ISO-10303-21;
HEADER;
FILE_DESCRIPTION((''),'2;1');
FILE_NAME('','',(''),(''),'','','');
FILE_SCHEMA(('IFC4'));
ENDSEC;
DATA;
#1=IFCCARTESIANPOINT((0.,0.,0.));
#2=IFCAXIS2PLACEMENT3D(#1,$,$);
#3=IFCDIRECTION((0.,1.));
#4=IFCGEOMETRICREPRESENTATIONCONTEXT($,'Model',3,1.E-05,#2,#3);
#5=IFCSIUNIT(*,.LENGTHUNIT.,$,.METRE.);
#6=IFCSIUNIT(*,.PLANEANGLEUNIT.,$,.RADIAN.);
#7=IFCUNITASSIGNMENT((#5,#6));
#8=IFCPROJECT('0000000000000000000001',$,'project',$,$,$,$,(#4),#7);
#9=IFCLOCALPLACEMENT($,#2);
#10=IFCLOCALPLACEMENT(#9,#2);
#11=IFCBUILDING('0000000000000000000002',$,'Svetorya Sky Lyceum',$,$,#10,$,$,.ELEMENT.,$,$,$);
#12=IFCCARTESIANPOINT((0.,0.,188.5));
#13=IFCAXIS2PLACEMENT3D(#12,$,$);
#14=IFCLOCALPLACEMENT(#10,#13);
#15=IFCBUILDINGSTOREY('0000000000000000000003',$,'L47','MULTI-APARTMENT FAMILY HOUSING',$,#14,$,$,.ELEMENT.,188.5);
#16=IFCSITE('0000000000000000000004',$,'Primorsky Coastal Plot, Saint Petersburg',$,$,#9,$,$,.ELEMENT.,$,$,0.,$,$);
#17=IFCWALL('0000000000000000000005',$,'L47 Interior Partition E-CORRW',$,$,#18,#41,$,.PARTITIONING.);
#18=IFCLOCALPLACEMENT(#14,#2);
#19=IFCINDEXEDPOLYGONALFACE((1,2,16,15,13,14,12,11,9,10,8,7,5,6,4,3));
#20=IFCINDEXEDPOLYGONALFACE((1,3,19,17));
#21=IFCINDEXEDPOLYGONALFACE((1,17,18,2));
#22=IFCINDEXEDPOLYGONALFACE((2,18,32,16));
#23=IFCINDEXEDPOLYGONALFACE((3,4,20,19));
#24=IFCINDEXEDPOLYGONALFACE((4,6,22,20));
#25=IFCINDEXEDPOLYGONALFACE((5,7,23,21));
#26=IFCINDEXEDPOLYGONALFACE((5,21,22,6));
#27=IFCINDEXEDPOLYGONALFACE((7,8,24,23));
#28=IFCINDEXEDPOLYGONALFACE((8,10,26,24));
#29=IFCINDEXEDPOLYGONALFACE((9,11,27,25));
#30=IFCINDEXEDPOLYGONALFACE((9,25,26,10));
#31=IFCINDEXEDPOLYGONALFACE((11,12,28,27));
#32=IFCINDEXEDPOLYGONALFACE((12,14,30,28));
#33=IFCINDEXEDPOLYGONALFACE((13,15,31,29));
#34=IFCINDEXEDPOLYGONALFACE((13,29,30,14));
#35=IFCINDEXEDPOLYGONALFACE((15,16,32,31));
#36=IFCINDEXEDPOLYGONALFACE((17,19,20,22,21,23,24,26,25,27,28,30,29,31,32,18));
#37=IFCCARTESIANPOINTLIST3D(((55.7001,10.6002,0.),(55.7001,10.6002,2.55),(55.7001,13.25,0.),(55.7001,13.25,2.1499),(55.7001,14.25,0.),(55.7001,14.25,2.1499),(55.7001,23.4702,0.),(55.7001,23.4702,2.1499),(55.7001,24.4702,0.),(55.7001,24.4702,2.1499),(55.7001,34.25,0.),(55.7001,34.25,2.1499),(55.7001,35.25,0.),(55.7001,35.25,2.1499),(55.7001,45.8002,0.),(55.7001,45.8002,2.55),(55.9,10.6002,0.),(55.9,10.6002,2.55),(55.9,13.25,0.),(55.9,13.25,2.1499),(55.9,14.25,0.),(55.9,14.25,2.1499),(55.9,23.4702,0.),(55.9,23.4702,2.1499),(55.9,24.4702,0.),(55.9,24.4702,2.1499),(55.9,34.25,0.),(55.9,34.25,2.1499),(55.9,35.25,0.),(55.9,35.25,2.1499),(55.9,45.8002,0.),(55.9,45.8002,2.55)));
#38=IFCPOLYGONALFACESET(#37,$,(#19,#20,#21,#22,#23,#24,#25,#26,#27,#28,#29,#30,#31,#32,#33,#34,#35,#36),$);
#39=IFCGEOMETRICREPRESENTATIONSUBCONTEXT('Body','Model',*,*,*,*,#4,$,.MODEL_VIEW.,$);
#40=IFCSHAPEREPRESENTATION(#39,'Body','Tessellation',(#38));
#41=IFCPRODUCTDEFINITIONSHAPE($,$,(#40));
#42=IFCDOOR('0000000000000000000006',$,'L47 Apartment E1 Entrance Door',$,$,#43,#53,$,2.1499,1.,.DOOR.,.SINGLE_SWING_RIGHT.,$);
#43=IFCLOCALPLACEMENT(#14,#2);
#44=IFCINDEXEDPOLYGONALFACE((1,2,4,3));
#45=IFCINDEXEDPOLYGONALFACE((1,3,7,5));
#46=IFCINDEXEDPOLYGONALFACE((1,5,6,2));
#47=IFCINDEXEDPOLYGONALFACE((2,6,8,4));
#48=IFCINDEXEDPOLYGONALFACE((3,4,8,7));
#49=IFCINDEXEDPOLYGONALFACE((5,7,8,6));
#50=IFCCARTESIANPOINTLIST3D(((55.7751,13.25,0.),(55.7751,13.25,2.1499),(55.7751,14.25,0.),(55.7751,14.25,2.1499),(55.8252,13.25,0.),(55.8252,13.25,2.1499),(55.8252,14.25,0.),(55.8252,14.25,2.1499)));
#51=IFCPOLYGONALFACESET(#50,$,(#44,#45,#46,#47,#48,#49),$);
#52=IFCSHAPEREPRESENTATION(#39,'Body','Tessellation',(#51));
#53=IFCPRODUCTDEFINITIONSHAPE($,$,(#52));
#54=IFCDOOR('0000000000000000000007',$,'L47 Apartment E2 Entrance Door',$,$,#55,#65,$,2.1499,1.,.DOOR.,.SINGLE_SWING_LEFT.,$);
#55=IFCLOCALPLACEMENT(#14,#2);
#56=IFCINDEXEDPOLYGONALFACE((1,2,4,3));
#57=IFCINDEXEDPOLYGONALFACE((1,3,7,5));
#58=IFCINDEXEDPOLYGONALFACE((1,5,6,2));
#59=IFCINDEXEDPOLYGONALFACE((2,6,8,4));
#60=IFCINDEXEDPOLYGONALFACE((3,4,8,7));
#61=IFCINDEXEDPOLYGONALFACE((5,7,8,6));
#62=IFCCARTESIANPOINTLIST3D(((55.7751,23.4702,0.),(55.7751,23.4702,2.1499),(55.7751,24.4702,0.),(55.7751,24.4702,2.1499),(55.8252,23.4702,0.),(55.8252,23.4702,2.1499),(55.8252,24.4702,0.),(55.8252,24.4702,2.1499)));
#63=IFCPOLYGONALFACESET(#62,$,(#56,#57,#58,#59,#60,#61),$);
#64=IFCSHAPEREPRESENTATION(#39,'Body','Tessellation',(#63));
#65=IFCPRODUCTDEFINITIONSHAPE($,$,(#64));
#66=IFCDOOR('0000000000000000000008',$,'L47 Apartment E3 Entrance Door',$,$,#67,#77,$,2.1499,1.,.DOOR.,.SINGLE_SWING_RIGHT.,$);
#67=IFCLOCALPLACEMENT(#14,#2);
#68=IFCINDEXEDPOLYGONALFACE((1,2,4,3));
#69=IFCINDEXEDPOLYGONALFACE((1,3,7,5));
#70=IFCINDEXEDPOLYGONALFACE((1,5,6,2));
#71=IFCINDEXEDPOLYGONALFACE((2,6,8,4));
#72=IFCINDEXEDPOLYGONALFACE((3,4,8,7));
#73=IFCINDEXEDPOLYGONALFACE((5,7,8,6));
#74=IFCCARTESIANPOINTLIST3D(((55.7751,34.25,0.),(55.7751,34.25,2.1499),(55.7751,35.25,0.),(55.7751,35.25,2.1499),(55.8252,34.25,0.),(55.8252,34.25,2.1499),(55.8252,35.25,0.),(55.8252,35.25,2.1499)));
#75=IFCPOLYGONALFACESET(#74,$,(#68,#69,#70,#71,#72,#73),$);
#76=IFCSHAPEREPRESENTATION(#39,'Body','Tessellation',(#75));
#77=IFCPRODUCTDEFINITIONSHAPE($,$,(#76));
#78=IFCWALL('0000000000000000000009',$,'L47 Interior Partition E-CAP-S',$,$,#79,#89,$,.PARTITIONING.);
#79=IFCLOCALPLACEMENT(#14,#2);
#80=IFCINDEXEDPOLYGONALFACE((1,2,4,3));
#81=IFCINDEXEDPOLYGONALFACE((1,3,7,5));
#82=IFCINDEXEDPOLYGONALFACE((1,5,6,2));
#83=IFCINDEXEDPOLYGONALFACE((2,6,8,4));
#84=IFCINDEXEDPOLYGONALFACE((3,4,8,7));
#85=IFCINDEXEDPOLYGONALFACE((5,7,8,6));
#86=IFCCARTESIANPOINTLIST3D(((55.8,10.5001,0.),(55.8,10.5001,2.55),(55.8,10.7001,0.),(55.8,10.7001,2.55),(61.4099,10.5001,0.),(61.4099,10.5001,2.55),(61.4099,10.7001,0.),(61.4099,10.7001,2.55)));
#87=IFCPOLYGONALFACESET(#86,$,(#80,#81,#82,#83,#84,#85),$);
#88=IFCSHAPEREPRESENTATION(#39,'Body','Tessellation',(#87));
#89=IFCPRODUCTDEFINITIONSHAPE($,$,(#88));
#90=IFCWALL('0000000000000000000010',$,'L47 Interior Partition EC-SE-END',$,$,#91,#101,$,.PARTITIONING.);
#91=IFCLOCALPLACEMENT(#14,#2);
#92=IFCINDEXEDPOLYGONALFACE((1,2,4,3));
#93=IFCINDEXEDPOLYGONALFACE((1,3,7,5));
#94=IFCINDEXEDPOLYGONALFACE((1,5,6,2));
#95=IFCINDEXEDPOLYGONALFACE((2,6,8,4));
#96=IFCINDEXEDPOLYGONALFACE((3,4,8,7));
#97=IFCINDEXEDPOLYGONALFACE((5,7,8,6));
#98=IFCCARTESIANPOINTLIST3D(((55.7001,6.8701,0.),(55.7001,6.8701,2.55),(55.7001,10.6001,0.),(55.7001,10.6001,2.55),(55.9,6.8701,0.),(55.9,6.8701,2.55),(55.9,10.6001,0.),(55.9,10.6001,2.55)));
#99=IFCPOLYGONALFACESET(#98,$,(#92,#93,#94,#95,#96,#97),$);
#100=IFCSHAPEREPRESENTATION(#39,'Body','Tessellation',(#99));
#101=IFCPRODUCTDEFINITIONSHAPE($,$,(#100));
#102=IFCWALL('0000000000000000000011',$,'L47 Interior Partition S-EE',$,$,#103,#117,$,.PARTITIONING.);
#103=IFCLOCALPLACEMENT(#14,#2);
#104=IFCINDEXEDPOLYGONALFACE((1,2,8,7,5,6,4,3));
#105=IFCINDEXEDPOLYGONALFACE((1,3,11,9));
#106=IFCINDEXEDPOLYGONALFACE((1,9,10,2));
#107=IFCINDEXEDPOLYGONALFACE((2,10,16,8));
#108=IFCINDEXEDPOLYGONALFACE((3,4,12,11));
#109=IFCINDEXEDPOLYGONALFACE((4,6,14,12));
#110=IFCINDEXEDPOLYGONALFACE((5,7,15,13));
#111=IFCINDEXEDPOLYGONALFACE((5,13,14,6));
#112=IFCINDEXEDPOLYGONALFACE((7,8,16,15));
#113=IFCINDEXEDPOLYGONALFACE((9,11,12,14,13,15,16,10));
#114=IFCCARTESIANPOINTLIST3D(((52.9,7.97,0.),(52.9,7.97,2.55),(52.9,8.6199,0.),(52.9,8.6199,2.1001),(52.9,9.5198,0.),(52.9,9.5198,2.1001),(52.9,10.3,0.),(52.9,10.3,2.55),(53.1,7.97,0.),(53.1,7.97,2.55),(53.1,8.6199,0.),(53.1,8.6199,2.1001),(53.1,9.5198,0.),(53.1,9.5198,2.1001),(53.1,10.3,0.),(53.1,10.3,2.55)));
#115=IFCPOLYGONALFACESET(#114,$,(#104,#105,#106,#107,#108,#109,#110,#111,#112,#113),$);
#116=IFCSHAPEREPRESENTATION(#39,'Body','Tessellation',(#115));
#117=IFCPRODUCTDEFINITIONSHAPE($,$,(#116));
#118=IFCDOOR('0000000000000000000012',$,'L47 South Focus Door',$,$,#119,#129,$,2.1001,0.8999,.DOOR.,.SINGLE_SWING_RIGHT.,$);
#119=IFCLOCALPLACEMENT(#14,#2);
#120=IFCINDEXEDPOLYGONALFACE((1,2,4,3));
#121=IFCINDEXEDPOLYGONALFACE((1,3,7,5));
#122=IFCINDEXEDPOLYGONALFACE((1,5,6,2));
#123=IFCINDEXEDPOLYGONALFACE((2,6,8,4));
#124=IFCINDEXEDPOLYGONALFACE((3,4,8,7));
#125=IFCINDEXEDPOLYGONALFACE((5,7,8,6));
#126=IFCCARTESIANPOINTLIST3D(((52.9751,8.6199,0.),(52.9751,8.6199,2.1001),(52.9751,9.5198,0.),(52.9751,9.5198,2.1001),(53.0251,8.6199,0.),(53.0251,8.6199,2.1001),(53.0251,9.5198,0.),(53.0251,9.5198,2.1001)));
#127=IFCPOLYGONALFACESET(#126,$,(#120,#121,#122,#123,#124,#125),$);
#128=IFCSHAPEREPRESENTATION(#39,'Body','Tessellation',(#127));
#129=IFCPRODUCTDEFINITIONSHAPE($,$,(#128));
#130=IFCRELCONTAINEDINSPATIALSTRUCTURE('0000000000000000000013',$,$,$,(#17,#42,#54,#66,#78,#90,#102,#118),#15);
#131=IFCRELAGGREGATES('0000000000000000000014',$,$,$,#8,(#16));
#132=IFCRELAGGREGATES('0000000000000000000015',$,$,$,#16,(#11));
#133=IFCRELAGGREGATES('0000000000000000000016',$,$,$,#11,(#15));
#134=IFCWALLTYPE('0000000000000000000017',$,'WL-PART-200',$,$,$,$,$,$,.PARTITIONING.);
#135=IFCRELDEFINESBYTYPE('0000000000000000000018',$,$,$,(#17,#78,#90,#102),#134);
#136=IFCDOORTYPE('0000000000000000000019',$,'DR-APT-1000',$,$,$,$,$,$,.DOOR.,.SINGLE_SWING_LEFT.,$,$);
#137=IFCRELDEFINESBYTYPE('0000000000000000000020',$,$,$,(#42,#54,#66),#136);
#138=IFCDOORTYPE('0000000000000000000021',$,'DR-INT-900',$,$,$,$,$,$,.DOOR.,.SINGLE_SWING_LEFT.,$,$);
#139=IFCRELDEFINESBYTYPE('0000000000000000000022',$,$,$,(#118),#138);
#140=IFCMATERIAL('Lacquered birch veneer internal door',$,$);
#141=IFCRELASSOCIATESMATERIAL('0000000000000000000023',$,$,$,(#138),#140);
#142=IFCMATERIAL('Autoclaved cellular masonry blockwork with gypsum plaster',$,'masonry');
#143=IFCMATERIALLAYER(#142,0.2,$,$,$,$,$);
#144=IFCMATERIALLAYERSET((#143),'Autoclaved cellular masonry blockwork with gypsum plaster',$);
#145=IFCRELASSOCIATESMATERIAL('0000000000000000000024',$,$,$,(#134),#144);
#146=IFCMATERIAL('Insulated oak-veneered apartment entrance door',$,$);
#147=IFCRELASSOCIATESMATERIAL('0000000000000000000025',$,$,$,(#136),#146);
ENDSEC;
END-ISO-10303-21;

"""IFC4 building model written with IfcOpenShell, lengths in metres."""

from ifc_helpers import new_model, si_unit, direction, frame, frame_2d, origin, place, context, subcontext, project, spatial, rectangle, extrude, material, layer, layer_set, type_object, element, fill, save


model = new_model("IFC4")

# Units and contexts
model_context = context("Model", 3, precision=1e-05, world=origin(), true_north=direction((0.0, 1.0)))
body_context = subcontext(model_context, "Body", "Model", "MODEL_VIEW")
ifc_project = project(units=[si_unit("LENGTHUNIT", "METRE"), si_unit("PLANEANGLEUNIT", "RADIAN")], contexts=[model_context])

# Site, building, storey
site_placement = place(None, origin())
site = spatial("IfcSite", under=ifc_project, at=site_placement, Name="Primorsky Coastal Plot, Saint Petersburg", CompositionType="ELEMENT", RefElevation=0.0)
building_placement = place(site_placement, origin())
building = spatial("IfcBuilding", under=site, at=building_placement, Name="Svetorya Sky Lyceum", CompositionType="ELEMENT")
storey_placement = place(building_placement, frame((0.0, 0.0, 188.5)))
storey = spatial("IfcBuildingStorey", under=building, at=storey_placement, Name="L47", Description="MULTI-APARTMENT FAMILY HOUSING", CompositionType="ELEMENT", Elevation=188.5)

# Wall, openings, doors
ifc_material_1 = material(Name="Lacquered birch veneer internal door")
door_type_1 = type_object("IfcDoorType", Name="DR-INT-900", OperationType="SINGLE_SWING_LEFT", PredefinedType="DOOR", material=ifc_material_1)
ifc_material_2 = material(Name="Autoclaved cellular masonry blockwork with gypsum plaster", Category="masonry")
ifc_layer_1 = layer(ifc_material_2, 0.2)
ifc_layer_set_1 = layer_set([ifc_layer_1], Name="Autoclaved cellular masonry blockwork with gypsum plaster")
wall_type_1 = type_object("IfcWallType", Name="WL-PART-200", PredefinedType="PARTITIONING", material=ifc_layer_set_1)
wall_1_placement = place(storey_placement, frame((55.8, 10.6001, 0.0), z_axis=(0.0, 0.0, 1.0), x_axis=(0.0, 1.0, 0.0)))
wall_1 = element("IfcWall", 1, at=wall_1_placement, inside=storey, type_object=wall_type_1, Name="L47 Interior Partition E-CORRW", PredefinedType="PARTITIONING", context=body_context, shape_type="SweptSolid", body=[
    extrude(rectangle(XDim=35.2, YDim=0.2, at=frame_2d((17.6001, 0.0))), origin(), (0.0, 0.0, 1.0), 2.55),
])
opening_1_placement = place(wall_1_placement, frame((2.6499, 0.0, 0.0)))
opening_1 = element("IfcOpeningElement", 2, at=opening_1_placement, cuts=wall_1, PredefinedType="OPENING", context=body_context, shape_type="SweptSolid", body=[
    extrude(rectangle(XDim=1.0, YDim=2.1499, at=frame_2d((0.5, 1.075))), frame((0.0, 0.1099, 0.0), z_axis=(0.0, -1.0, 0.0), x_axis=(1.0, 0.0, 0.0)), (0.0, 0.0, 1.0), 0.22),
])
opening_2_placement = place(wall_1_placement, frame((12.8701, 0.0, 0.0)))
opening_2 = element("IfcOpeningElement", 3, at=opening_2_placement, cuts=wall_1, PredefinedType="OPENING", context=body_context, shape_type="SweptSolid", body=[
    extrude(rectangle(XDim=1.0, YDim=2.1499, at=frame_2d((0.5, 1.075))), frame((0.0, 0.1099, 0.0), z_axis=(0.0, -1.0, 0.0), x_axis=(1.0, 0.0, 0.0)), (0.0, 0.0, 1.0), 0.22),
])
opening_3_placement = place(wall_1_placement, frame((23.6499, 0.0, 0.0)))
opening_3 = element("IfcOpeningElement", 4, at=opening_3_placement, cuts=wall_1, PredefinedType="OPENING", context=body_context, shape_type="SweptSolid", body=[
    extrude(rectangle(XDim=1.0, YDim=2.1499, at=frame_2d((0.5, 1.075))), frame((0.0, 0.1099, 0.0), z_axis=(0.0, -1.0, 0.0), x_axis=(1.0, 0.0, 0.0)), (0.0, 0.0, 1.0), 0.22),
])
ifc_material_3 = material(Name="Insulated oak-veneered apartment entrance door")
door_type_2 = type_object("IfcDoorType", Name="DR-APT-1000", OperationType="SINGLE_SWING_LEFT", PredefinedType="DOOR", material=ifc_material_3)
door_1_placement = place(opening_1_placement, origin())
door_1 = element("IfcDoor", 5, at=door_1_placement, inside=storey, type_object=door_type_2, Name="L47 Apartment E1 Entrance Door", OperationType="SINGLE_SWING_RIGHT", OverallHeight=2.1499, OverallWidth=1.0, PredefinedType="DOOR", context=body_context, shape_type="SweptSolid", body=[
    extrude(rectangle(XDim=1.0, YDim=2.1499, at=frame_2d((0.5, 1.075))), frame((0.0, 0.0249, 0.0), z_axis=(0.0, -1.0, 0.0), x_axis=(1.0, 0.0, 0.0)), (0.0, 0.0, 1.0), 0.05),
])
fill(opening_1, door_1)
door_2_placement = place(opening_2_placement, origin())
door_2 = element("IfcDoor", 6, at=door_2_placement, inside=storey, type_object=door_type_2, Name="L47 Apartment E2 Entrance Door", OperationType="SINGLE_SWING_LEFT", OverallHeight=2.1499, OverallWidth=1.0, PredefinedType="DOOR", context=body_context, shape_type="SweptSolid", body=[
    extrude(rectangle(XDim=1.0, YDim=2.1499, at=frame_2d((0.5, 1.075))), frame((0.0, 0.0249, 0.0), z_axis=(0.0, -1.0, 0.0), x_axis=(1.0, 0.0, 0.0)), (0.0, 0.0, 1.0), 0.05),
])
fill(opening_2, door_2)
door_3_placement = place(opening_3_placement, origin())
door_3 = element("IfcDoor", 7, at=door_3_placement, inside=storey, type_object=door_type_2, Name="L47 Apartment E3 Entrance Door", OperationType="SINGLE_SWING_RIGHT", OverallHeight=2.1499, OverallWidth=1.0, PredefinedType="DOOR", context=body_context, shape_type="SweptSolid", body=[
    extrude(rectangle(XDim=1.0, YDim=2.1499, at=frame_2d((0.5, 1.075))), frame((0.0, 0.0249, 0.0), z_axis=(0.0, -1.0, 0.0), x_axis=(1.0, 0.0, 0.0)), (0.0, 0.0, 1.0), 0.05),
])
fill(opening_3, door_3)

# Walls
wall_2_placement = place(storey_placement, frame((55.8, 10.6001, 0.0), z_axis=(0.0, 0.0, 1.0), x_axis=(1.0, 0.0, 0.0)))
element("IfcWall", 8, at=wall_2_placement, inside=storey, type_object=wall_type_1, Name="L47 Interior Partition E-CAP-S", PredefinedType="PARTITIONING", context=body_context, shape_type="SweptSolid", body=[
    extrude(rectangle(XDim=5.6099, YDim=0.2, at=frame_2d((2.8049, 0.0))), origin(), (0.0, 0.0, 1.0), 2.55),
])
wall_3_placement = place(storey_placement, frame((55.8, 6.8701, 0.0), z_axis=(0.0, 0.0, 1.0), x_axis=(0.0, 1.0, 0.0)))
element("IfcWall", 9, at=wall_3_placement, inside=storey, type_object=wall_type_1, Name="L47 Interior Partition EC-SE-END", PredefinedType="PARTITIONING", context=body_context, shape_type="SweptSolid", body=[
    extrude(rectangle(XDim=3.73, YDim=0.2, at=frame_2d((1.865, 0.0))), origin(), (0.0, 0.0, 1.0), 2.55),
])

# Wall, opening, door
wall_4_placement = place(storey_placement, frame((53.0, 7.97, 0.0), z_axis=(0.0, 0.0, 1.0), x_axis=(0.0, 1.0, 0.0)))
wall_4 = element("IfcWall", 10, at=wall_4_placement, inside=storey, type_object=wall_type_1, Name="L47 Interior Partition S-EE", PredefinedType="PARTITIONING", context=body_context, shape_type="SweptSolid", body=[
    extrude(rectangle(XDim=2.3301, YDim=0.2, at=frame_2d((1.165, 0.0))), origin(), (0.0, 0.0, 1.0), 2.55),
])
opening_4_placement = place(wall_4_placement, frame((0.6499, 0.0, 0.0)))
opening_4 = element("IfcOpeningElement", 11, at=opening_4_placement, cuts=wall_4, PredefinedType="OPENING", context=body_context, shape_type="SweptSolid", body=[
    extrude(rectangle(XDim=0.8999, YDim=2.1001, at=frame_2d((0.45, 1.05))), frame((0.0, 0.1099, 0.0), z_axis=(0.0, -1.0, 0.0), x_axis=(1.0, 0.0, 0.0)), (0.0, 0.0, 1.0), 0.22),
])
door_4_placement = place(opening_4_placement, origin())
door_4 = element("IfcDoor", 12, at=door_4_placement, inside=storey, type_object=door_type_1, Name="L47 South Focus Door", OperationType="SINGLE_SWING_RIGHT", OverallHeight=2.1001, OverallWidth=0.8999, PredefinedType="DOOR", context=body_context, shape_type="SweptSolid", body=[
    extrude(rectangle(XDim=0.8999, YDim=2.1001, at=frame_2d((0.45, 1.05))), frame((0.0, 0.0249, 0.0), z_axis=(0.0, -1.0, 0.0), x_axis=(1.0, 0.0, 0.0)), (0.0, 0.0, 1.0), 0.05),
])
fill(opening_4, door_4)

save(model, "model.ifc")
